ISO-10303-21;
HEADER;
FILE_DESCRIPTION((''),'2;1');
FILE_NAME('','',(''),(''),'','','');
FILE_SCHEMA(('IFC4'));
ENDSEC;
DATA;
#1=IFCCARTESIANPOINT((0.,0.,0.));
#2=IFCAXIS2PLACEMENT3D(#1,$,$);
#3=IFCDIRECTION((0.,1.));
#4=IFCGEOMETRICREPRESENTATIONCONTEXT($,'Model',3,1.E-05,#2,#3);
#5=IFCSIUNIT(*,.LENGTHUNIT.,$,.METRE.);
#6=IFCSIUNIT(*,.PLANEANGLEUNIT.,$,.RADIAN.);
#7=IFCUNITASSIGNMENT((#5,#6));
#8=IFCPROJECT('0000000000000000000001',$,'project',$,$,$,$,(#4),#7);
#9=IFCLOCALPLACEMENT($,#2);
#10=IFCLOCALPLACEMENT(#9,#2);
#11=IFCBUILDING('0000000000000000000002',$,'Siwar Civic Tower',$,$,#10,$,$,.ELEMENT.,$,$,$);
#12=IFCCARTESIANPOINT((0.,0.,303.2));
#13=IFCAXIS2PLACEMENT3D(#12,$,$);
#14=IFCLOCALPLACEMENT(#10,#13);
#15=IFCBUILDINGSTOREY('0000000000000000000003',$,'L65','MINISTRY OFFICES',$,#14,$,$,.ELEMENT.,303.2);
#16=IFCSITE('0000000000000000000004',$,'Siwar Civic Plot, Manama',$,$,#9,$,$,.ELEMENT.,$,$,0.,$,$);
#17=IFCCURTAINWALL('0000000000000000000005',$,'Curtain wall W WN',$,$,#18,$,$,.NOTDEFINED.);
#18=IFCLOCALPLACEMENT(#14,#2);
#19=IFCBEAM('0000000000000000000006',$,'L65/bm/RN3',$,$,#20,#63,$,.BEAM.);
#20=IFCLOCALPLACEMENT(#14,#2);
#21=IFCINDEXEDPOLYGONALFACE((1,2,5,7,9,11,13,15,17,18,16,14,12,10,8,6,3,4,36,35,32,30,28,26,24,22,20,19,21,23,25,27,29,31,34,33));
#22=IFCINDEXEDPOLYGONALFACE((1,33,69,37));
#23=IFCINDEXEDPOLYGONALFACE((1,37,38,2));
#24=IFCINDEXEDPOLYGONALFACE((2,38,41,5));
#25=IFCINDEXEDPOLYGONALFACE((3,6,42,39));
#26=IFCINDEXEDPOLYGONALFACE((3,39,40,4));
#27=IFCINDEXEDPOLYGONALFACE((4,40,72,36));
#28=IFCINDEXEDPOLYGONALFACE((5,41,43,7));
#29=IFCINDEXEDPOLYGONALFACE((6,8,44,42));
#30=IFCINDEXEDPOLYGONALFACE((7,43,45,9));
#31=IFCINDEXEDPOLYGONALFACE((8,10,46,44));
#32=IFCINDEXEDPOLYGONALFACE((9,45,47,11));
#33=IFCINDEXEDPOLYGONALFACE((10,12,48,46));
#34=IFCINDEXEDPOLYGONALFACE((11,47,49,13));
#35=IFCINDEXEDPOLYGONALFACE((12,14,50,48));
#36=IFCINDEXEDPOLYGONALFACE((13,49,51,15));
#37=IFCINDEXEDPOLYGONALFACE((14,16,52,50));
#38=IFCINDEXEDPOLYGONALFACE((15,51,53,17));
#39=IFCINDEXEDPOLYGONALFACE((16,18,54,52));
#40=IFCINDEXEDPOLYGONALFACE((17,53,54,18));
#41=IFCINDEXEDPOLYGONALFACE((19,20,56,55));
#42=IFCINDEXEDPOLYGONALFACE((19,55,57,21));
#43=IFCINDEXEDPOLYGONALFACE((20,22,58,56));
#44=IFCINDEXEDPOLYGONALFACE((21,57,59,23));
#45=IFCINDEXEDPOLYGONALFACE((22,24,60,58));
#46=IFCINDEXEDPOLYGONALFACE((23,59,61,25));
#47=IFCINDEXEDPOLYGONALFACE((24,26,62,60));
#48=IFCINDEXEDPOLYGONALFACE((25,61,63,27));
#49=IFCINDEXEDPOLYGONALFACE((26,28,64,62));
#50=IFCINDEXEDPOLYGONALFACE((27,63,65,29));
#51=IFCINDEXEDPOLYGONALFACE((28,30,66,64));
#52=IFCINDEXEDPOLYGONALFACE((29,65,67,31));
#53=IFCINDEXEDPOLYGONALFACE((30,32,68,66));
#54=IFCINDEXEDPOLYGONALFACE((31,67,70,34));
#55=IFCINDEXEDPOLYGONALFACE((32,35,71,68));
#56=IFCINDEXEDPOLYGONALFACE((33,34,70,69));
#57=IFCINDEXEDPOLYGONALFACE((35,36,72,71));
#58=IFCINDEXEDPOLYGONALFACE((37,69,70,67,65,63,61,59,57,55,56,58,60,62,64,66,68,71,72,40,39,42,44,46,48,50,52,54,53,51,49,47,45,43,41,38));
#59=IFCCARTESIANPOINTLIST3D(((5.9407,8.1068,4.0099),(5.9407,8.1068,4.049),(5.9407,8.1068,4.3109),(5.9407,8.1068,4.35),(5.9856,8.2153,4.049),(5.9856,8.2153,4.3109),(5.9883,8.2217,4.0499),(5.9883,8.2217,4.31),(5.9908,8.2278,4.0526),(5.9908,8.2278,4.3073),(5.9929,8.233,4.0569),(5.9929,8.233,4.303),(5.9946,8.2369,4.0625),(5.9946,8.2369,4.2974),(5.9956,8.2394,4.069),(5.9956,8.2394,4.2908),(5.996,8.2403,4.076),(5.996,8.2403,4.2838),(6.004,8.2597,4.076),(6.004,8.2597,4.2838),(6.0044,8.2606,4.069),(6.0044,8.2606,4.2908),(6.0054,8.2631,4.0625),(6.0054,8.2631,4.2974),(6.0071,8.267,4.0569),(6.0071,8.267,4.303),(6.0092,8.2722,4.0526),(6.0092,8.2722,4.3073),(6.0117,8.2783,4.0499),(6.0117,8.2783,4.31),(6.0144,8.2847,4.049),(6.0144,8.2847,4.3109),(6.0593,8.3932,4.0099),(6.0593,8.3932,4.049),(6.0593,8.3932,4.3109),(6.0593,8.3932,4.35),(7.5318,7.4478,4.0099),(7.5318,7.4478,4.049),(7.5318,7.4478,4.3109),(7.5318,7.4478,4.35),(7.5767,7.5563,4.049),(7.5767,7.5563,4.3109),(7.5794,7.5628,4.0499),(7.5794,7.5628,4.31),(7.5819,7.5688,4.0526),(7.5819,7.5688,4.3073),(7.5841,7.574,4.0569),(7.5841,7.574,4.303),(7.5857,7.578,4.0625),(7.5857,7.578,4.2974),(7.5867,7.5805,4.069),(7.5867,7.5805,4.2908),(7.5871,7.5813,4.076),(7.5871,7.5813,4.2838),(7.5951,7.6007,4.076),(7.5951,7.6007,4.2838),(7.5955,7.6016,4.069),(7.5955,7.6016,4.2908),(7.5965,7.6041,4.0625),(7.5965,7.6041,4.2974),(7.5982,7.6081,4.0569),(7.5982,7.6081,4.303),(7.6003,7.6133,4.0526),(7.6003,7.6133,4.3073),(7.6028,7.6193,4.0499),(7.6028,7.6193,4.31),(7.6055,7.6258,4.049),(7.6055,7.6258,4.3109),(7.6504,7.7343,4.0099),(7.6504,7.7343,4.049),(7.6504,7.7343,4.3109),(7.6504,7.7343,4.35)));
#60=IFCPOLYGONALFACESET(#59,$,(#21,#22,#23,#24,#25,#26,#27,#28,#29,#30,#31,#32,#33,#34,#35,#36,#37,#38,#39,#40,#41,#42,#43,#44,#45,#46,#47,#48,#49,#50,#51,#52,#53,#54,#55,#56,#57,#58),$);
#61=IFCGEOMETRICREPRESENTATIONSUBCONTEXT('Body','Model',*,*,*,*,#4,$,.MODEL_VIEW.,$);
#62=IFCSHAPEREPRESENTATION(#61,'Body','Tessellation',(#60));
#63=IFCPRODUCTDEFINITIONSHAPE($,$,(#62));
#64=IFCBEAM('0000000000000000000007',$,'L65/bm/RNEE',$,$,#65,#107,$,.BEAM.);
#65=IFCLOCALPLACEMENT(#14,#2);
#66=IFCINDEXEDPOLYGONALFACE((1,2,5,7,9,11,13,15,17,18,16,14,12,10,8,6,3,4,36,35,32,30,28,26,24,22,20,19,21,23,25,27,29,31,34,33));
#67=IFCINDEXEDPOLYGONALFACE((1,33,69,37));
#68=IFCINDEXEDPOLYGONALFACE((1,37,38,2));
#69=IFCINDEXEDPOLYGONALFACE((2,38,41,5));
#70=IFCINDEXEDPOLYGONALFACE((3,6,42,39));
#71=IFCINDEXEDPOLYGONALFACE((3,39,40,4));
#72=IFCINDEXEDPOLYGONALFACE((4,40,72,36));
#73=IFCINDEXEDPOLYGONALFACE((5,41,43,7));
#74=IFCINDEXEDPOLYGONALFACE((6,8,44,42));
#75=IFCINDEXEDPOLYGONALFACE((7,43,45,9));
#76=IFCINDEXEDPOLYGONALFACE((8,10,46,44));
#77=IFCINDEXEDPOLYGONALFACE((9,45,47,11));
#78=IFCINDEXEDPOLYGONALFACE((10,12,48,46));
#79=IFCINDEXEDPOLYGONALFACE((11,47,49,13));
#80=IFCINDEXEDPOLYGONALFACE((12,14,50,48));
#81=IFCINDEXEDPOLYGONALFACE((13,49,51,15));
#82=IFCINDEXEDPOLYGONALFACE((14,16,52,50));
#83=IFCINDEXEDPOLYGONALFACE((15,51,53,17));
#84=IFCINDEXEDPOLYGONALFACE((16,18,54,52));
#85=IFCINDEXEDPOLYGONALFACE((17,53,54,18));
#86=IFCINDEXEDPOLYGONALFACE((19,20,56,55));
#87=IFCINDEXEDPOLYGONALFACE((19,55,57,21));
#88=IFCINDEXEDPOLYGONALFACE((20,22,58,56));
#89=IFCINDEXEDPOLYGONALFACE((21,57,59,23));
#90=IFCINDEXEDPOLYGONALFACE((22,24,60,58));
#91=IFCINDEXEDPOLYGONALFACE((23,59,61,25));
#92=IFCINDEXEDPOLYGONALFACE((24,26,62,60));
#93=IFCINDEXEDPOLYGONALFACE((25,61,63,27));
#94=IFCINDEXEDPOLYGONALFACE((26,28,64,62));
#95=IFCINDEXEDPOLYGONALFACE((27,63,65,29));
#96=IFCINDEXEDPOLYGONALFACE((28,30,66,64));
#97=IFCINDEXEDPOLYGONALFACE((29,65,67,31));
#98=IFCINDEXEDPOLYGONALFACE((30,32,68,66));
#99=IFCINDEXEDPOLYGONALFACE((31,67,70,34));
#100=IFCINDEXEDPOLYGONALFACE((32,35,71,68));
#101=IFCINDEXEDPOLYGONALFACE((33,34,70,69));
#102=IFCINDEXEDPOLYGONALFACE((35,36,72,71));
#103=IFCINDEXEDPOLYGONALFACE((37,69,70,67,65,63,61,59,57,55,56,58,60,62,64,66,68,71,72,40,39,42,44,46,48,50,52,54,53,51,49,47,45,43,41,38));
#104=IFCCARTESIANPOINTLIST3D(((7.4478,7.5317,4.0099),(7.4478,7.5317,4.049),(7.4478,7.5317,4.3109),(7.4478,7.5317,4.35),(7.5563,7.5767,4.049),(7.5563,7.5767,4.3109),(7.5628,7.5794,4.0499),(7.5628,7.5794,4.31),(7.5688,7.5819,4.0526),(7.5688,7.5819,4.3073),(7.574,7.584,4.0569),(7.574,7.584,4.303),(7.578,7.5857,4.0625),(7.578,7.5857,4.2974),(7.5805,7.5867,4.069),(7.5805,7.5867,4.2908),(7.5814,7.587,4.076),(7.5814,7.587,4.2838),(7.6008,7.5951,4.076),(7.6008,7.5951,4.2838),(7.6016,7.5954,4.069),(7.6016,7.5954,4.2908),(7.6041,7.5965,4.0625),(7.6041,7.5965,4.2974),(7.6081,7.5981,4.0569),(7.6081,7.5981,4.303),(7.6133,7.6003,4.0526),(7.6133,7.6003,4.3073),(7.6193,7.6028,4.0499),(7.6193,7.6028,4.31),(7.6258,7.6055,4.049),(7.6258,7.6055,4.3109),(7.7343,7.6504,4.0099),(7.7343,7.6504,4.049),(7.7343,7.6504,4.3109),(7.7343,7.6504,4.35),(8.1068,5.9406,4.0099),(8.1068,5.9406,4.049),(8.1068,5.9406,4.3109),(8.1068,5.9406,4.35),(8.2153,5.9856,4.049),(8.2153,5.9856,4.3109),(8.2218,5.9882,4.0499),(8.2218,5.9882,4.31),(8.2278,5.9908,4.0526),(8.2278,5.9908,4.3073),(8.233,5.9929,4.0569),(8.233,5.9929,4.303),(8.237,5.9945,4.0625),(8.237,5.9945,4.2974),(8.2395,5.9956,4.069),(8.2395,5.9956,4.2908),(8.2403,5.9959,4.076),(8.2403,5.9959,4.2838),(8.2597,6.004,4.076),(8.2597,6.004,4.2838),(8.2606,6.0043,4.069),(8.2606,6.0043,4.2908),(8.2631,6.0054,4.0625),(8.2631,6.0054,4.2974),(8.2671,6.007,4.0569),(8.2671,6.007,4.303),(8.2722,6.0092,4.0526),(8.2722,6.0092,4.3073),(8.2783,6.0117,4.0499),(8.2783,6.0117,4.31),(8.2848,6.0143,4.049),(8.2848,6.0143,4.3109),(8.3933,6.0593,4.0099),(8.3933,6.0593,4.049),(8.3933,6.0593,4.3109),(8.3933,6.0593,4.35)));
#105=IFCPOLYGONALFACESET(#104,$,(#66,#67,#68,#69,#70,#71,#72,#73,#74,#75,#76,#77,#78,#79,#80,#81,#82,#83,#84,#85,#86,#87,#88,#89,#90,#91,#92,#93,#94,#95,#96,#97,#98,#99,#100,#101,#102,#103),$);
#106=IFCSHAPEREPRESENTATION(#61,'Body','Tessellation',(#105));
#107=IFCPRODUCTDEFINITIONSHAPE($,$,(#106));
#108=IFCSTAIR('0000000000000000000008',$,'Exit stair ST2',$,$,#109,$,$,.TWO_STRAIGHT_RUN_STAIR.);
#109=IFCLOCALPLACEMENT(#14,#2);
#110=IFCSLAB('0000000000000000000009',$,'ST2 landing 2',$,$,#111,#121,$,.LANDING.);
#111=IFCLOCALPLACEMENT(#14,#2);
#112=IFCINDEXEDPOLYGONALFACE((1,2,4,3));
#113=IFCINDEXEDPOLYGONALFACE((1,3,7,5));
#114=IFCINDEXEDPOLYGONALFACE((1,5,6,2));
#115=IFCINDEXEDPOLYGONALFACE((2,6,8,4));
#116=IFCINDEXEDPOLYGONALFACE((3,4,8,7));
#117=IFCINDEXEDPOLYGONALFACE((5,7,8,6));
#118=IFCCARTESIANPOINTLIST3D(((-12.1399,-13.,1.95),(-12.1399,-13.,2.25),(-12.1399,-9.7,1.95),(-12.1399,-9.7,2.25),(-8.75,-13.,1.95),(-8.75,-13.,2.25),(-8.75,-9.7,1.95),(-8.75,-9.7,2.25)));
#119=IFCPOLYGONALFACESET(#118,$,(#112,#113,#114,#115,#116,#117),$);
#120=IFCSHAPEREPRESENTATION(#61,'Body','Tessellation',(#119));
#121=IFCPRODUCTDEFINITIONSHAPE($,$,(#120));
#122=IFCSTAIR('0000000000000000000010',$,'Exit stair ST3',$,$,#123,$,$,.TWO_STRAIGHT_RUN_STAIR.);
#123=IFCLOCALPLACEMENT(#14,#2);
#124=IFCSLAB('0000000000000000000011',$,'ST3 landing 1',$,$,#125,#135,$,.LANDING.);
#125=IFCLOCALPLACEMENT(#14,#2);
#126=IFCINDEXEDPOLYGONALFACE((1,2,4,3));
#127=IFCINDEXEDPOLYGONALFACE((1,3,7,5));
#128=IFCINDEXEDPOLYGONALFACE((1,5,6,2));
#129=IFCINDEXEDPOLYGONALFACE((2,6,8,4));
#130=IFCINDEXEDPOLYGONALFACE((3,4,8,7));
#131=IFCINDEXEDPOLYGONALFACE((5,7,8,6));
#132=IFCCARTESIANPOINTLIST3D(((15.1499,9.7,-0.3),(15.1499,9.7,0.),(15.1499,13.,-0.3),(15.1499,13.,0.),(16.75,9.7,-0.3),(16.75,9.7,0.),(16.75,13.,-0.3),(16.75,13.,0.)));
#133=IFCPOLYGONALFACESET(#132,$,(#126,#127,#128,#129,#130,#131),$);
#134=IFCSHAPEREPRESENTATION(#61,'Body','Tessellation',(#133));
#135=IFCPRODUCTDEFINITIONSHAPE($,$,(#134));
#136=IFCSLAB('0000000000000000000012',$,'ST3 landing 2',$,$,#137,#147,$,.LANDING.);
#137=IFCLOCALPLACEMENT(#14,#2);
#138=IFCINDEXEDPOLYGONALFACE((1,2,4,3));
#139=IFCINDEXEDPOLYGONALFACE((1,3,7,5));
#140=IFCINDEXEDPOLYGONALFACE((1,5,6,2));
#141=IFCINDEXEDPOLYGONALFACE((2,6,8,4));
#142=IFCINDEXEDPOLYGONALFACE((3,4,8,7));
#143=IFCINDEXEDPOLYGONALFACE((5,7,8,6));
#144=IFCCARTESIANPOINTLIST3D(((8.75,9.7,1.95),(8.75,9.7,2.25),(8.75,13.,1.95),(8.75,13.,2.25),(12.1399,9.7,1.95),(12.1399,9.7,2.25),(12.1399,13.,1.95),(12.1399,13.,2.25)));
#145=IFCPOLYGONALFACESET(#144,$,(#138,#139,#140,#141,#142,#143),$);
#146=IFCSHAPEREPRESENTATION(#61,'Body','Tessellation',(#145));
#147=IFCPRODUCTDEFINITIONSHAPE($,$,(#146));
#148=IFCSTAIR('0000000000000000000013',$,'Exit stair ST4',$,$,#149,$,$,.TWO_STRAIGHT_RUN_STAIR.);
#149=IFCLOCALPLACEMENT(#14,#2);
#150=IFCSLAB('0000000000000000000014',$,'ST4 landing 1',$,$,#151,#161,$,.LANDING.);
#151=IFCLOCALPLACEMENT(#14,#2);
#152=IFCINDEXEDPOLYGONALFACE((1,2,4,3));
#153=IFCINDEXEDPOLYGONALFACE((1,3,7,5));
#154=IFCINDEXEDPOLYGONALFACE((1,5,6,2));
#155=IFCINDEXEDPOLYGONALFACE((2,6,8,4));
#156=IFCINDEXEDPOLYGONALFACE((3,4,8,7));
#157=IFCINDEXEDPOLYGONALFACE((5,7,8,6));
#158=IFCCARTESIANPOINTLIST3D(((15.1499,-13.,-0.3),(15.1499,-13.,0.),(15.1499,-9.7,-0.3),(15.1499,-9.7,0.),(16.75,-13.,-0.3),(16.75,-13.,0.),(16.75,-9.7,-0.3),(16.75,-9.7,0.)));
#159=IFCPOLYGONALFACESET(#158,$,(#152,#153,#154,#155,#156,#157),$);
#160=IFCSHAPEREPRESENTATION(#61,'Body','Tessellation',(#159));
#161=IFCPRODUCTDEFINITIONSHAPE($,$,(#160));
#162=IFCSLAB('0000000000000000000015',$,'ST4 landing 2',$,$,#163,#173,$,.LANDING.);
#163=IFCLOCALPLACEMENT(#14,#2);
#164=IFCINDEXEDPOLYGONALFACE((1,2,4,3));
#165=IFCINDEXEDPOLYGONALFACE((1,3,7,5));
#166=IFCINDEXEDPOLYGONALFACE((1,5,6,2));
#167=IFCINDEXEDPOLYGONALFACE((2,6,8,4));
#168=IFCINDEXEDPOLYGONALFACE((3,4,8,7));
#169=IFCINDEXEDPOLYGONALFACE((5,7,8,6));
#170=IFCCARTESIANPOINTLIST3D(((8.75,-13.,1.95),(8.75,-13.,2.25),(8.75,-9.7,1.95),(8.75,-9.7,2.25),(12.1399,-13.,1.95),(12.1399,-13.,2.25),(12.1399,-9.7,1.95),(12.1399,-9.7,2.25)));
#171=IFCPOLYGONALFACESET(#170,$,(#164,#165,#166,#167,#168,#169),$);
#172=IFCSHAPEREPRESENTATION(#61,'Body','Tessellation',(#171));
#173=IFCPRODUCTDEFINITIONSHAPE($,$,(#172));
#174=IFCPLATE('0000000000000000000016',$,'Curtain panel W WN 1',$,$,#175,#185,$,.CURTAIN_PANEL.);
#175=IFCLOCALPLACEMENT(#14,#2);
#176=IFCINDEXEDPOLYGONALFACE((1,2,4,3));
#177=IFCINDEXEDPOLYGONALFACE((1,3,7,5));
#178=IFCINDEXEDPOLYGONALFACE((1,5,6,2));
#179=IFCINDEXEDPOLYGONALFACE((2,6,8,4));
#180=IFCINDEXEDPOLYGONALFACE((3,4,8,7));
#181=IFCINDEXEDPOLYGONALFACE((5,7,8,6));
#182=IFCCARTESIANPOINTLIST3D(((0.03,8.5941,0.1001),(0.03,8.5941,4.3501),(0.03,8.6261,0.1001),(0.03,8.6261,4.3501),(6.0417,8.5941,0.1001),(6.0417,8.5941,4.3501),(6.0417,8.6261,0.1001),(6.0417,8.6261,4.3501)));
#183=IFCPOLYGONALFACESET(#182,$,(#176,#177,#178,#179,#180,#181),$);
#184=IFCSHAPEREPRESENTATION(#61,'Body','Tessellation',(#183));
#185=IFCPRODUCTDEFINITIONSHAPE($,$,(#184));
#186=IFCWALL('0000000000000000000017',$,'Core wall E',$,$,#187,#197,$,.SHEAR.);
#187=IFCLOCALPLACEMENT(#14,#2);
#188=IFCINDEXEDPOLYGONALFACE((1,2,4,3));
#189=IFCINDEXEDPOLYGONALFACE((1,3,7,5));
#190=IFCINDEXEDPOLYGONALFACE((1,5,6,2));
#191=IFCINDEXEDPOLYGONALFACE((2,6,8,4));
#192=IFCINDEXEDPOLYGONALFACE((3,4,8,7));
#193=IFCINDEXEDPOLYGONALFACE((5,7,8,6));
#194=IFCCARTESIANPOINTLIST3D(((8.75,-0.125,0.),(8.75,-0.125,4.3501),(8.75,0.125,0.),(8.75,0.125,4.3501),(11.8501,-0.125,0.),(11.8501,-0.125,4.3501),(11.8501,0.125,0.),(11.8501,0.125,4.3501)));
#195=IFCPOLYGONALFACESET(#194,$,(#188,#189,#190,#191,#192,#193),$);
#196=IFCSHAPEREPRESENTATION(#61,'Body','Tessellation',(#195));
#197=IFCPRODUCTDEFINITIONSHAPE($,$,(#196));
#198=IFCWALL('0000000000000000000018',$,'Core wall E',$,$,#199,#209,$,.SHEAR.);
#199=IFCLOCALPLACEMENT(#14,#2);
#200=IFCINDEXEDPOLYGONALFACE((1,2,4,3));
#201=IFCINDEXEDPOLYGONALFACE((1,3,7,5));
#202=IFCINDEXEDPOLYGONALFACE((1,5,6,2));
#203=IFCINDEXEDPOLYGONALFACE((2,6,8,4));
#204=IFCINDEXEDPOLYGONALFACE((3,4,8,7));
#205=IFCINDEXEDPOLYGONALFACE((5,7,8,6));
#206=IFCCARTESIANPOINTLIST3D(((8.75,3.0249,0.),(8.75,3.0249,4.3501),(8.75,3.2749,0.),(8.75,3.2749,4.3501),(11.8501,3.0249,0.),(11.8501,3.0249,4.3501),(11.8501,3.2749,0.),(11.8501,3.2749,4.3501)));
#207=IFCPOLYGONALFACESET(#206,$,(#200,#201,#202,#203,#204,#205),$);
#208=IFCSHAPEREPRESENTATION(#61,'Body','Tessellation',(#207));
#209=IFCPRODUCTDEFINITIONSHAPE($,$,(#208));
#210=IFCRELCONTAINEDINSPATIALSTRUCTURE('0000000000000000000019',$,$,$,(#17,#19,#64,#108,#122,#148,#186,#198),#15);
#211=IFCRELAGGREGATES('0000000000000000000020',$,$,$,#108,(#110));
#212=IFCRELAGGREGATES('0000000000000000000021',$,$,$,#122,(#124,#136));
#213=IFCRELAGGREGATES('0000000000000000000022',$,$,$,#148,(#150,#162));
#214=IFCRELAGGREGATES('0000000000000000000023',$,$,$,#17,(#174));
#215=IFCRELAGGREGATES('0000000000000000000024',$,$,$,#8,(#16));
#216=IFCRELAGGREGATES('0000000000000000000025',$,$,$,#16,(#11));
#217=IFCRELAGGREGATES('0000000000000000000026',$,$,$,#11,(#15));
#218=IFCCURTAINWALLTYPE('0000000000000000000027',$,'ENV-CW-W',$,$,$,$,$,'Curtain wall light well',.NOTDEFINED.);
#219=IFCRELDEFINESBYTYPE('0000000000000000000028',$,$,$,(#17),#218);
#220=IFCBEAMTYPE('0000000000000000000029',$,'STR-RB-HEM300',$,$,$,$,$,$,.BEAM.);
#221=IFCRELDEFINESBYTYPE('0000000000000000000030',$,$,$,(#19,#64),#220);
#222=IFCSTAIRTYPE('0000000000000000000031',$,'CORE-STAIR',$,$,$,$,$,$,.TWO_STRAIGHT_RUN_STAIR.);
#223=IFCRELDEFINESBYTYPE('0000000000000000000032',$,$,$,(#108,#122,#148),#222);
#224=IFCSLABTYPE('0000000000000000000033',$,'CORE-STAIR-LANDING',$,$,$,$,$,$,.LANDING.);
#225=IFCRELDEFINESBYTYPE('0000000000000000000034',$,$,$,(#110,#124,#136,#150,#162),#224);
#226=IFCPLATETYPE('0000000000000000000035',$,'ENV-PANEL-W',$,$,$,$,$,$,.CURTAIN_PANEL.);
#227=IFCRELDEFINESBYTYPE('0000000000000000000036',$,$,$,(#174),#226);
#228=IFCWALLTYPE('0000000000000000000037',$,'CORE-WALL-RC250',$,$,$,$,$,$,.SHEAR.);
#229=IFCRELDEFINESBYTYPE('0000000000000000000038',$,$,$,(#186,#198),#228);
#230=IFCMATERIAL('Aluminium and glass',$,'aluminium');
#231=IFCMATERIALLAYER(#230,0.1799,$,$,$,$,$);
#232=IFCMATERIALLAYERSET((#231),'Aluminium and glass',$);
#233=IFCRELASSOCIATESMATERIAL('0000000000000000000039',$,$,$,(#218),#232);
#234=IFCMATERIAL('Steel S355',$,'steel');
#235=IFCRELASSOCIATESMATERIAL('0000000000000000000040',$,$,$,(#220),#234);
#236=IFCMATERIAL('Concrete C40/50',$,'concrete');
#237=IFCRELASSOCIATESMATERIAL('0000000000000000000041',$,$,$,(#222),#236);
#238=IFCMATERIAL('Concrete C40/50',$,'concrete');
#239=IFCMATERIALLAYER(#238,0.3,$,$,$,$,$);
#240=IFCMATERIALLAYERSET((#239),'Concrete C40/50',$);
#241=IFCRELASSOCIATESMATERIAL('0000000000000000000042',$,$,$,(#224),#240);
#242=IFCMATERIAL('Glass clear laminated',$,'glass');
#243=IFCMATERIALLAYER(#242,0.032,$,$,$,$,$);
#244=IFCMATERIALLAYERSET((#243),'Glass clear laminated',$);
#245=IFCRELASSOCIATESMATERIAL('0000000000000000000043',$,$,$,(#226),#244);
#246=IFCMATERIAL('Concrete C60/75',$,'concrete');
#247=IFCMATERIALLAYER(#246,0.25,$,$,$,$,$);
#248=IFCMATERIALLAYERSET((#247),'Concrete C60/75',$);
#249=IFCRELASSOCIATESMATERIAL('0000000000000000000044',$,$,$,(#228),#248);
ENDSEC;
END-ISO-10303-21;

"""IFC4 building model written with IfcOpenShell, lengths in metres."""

from ifc_helpers import new_model, si_unit, direction, frame, frame_2d, origin, origin_2d, place, context, subcontext, project, spatial, polyline, rectangle, i_section, outline, extrude, material, layer, layer_set, material_profile, profile_set, type_object, element, aggregate, save


model = new_model("IFC4")

# Units and contexts
model_context = context("Model", 3, precision=1e-05, world=origin(), true_north=direction((0.0, 1.0)))
body_context = subcontext(model_context, "Body", "Model", "MODEL_VIEW")
ifc_project = project(units=[si_unit("LENGTHUNIT", "METRE"), si_unit("PLANEANGLEUNIT", "RADIAN")], contexts=[model_context])

# Site, building, storey
site_placement = place(None, origin())
site = spatial("IfcSite", under=ifc_project, at=site_placement, Name="Siwar Civic Plot, Manama", CompositionType="ELEMENT", RefElevation=0.0)
building_placement = place(site_placement, origin())
building = spatial("IfcBuilding", under=site, at=building_placement, Name="Siwar Civic Tower", CompositionType="ELEMENT")
storey_placement = place(building_placement, frame((0.0, 0.0, 303.2)))
storey = spatial("IfcBuildingStorey", under=building, at=storey_placement, Name="L65", Description="MINISTRY OFFICES", CompositionType="ELEMENT", Elevation=303.2)

# Curtain wall
ifc_material_1 = material(Name="Aluminium and glass", Category="aluminium")
ifc_layer_1 = layer(ifc_material_1, 0.1799)
ifc_layer_set_1 = layer_set([ifc_layer_1], Name="Aluminium and glass")
curtain_wall_type = type_object("IfcCurtainWallType", Name="ENV-CW-W", ElementType="Curtain wall light well", PredefinedType="NOTDEFINED", material=ifc_layer_set_1)
curtain_wall_placement = place(storey_placement, origin())
curtain_wall = element("IfcCurtainWall", 1, at=curtain_wall_placement, inside=storey, type_object=curtain_wall_type, Name="Curtain wall W WN", PredefinedType="NOTDEFINED")

# Beams
ifc_material_2 = material(Name="Steel S355", Category="steel")
ifc_material_profile_1 = material_profile(ifc_material_2, i_section(OverallWidth=0.3101, OverallDepth=0.3401, WebThickness=0.021, FlangeThickness=0.0391, FilletRadius=0.0271, at=origin_2d()), Name="HEM300")
ifc_profile_set_1 = profile_set([ifc_material_profile_1], Name="Steel S355")
beam_type_1 = type_object("IfcBeamType", Name="STR-RB-HEM300", PredefinedType="BEAM", material=ifc_profile_set_1)
for number, where, z_axis, x_axis, name in (
    (2, (6.0, 8.25, 4.1799), (0.923901, -0.382631, 0.0), (0.382631, 0.923901, 0.0), "L65/bm/RN3"),
    (3, (7.5911, 7.5911, 4.1799), (0.382631, -0.923901, 0.0), (0.923901, 0.382631, 0.0), "L65/bm/RNEE"),
):
    element("IfcBeam", number, at=place(storey_placement, frame(where, z_axis=z_axis, x_axis=x_axis)), inside=storey, type_object=beam_type_1, Name=name, PredefinedType="BEAM", context=body_context, shape_type="SweptSolid", body=[
        extrude(i_section(OverallWidth=0.3101, OverallDepth=0.3401, WebThickness=0.021, FlangeThickness=0.0391, FilletRadius=0.0271, at=origin_2d()), origin(), (0.0, 0.0, 1.0), 1.7222),
    ])

# Stair, slab
ifc_material_3 = material(Name="Concrete C40/50", Category="concrete")
stair_type = type_object("IfcStairType", Name="CORE-STAIR", PredefinedType="TWO_STRAIGHT_RUN_STAIR", material=ifc_material_3)
stair_1_placement = place(storey_placement, origin())
stair_1 = element("IfcStair", 4, at=stair_1_placement, inside=storey, type_object=stair_type, Name="Exit stair ST2", PredefinedType="TWO_STRAIGHT_RUN_STAIR")
ifc_material_4 = material(Name="Concrete C40/50", Category="concrete")
ifc_layer_2 = layer(ifc_material_4, 0.3)
ifc_layer_set_2 = layer_set([ifc_layer_2], Name="Concrete C40/50")
slab_type_1 = type_object("IfcSlabType", Name="CORE-STAIR-LANDING", PredefinedType="LANDING", material=ifc_layer_set_2)
slab_1_placement = place(storey_placement, frame((0.0, 0.0, 1.95)))
slab_1 = element("IfcSlab", 5, at=slab_1_placement, type_object=slab_type_1, Name="ST2 landing 2", PredefinedType="LANDING", context=body_context, shape_type="SweptSolid", body=[
    extrude(outline(polyline([(-8.75, -9.7), (-12.1399, -9.7), (-12.1399, -13.0), (-8.75, -13.0), (-8.75, -9.7)])), origin(), (0.0, 0.0, 1.0), 0.3),
])
aggregate(stair_1, [slab_1])

# Stairs, slabs
stair_2_placement = place(storey_placement, origin())
stair_2 = element("IfcStair", 6, at=stair_2_placement, inside=storey, type_object=stair_type, Name="Exit stair ST3", PredefinedType="TWO_STRAIGHT_RUN_STAIR")
slab_2_placement = place(storey_placement, frame((0.0, 0.0, -0.3)))
slab_2 = element("IfcSlab", 7, at=slab_2_placement, type_object=slab_type_1, Name="ST3 landing 1", PredefinedType="LANDING", context=body_context, shape_type="SweptSolid", body=[
    extrude(outline(polyline([(15.1499, 9.7), (16.75, 9.7), (16.75, 13.0), (15.1499, 13.0), (15.1499, 9.7)])), origin(), (0.0, 0.0, 1.0), 0.3),
])
slab_3_placement = place(storey_placement, frame((0.0, 0.0, 1.95)))
slab_3 = element("IfcSlab", 8, at=slab_3_placement, type_object=slab_type_1, Name="ST3 landing 2", PredefinedType="LANDING", context=body_context, shape_type="SweptSolid", body=[
    extrude(outline(polyline([(8.75, 9.7), (12.1399, 9.7), (12.1399, 13.0), (8.75, 13.0), (8.75, 9.7)])), origin(), (0.0, 0.0, 1.0), 0.3),
])
aggregate(stair_2, [slab_2, slab_3])
stair_3_placement = place(storey_placement, origin())
stair_3 = element("IfcStair", 9, at=stair_3_placement, inside=storey, type_object=stair_type, Name="Exit stair ST4", PredefinedType="TWO_STRAIGHT_RUN_STAIR")
slab_4_placement = place(storey_placement, frame((0.0, 0.0, -0.3)))
slab_4 = element("IfcSlab", 10, at=slab_4_placement, type_object=slab_type_1, Name="ST4 landing 1", PredefinedType="LANDING", context=body_context, shape_type="SweptSolid", body=[
    extrude(outline(polyline([(15.1499, -13.0), (16.75, -13.0), (16.75, -9.7), (15.1499, -9.7), (15.1499, -13.0)])), origin(), (0.0, 0.0, 1.0), 0.3),
])
slab_5_placement = place(storey_placement, frame((0.0, 0.0, 1.95)))
slab_5 = element("IfcSlab", 11, at=slab_5_placement, type_object=slab_type_1, Name="ST4 landing 2", PredefinedType="LANDING", context=body_context, shape_type="SweptSolid", body=[
    extrude(outline(polyline([(8.75, -13.0), (12.1399, -13.0), (12.1399, -9.7), (8.75, -9.7), (8.75, -13.0)])), origin(), (0.0, 0.0, 1.0), 0.3),
])
aggregate(stair_3, [slab_4, slab_5])

# Plate
ifc_material_5 = material(Name="Glass clear laminated", Category="glass")
ifc_layer_3 = layer(ifc_material_5, 0.032)
ifc_layer_set_3 = layer_set([ifc_layer_3], Name="Glass clear laminated")
plate_type = type_object("IfcPlateType", Name="ENV-PANEL-W", PredefinedType="CURTAIN_PANEL", material=ifc_layer_set_3)
plate_placement = place(storey_placement, frame((3.0359, 8.6101, 0.1001), z_axis=(0.0, 0.0, 1.0), x_axis=(-1.0, 0.0, 0.0)))
plate = element("IfcPlate", 12, at=plate_placement, type_object=plate_type, Name="Curtain panel W WN 1", PredefinedType="CURTAIN_PANEL", context=body_context, shape_type="SweptSolid", body=[
    extrude(rectangle(XDim=6.0117, YDim=0.032, at=origin_2d()), origin(), (0.0, 0.0, 1.0), 4.25),
])
aggregate(curtain_wall, [plate])

# Walls
ifc_material_6 = material(Name="Concrete C60/75", Category="concrete")
ifc_layer_4 = layer(ifc_material_6, 0.25)
ifc_layer_set_4 = layer_set([ifc_layer_4], Name="Concrete C60/75")
wall_type_1 = type_object("IfcWallType", Name="CORE-WALL-RC250", PredefinedType="SHEAR", material=ifc_layer_set_4)
for number, where, z_axis, x_axis, name in (
    (13, (8.75, 0.0, 0.0), (0.0, 0.0, 1.0), (1.0, 0.0, 0.0), "Core wall E"),
    (14, (8.75, 3.1499, 0.0), (0.0, 0.0, 1.0), (1.0, 0.0, 0.0), "Core wall E"),
):
    element("IfcWall", number, at=place(storey_placement, frame(where, z_axis=z_axis, x_axis=x_axis)), inside=storey, type_object=wall_type_1, Name=name, PredefinedType="SHEAR", context=body_context, shape_type="SweptSolid", body=[
        extrude(rectangle(XDim=3.1001, YDim=0.25, at=frame_2d((1.55, 0.0))), origin(), (0.0, 0.0, 1.0), 4.3501),
    ])

save(model, "model.ifc")
